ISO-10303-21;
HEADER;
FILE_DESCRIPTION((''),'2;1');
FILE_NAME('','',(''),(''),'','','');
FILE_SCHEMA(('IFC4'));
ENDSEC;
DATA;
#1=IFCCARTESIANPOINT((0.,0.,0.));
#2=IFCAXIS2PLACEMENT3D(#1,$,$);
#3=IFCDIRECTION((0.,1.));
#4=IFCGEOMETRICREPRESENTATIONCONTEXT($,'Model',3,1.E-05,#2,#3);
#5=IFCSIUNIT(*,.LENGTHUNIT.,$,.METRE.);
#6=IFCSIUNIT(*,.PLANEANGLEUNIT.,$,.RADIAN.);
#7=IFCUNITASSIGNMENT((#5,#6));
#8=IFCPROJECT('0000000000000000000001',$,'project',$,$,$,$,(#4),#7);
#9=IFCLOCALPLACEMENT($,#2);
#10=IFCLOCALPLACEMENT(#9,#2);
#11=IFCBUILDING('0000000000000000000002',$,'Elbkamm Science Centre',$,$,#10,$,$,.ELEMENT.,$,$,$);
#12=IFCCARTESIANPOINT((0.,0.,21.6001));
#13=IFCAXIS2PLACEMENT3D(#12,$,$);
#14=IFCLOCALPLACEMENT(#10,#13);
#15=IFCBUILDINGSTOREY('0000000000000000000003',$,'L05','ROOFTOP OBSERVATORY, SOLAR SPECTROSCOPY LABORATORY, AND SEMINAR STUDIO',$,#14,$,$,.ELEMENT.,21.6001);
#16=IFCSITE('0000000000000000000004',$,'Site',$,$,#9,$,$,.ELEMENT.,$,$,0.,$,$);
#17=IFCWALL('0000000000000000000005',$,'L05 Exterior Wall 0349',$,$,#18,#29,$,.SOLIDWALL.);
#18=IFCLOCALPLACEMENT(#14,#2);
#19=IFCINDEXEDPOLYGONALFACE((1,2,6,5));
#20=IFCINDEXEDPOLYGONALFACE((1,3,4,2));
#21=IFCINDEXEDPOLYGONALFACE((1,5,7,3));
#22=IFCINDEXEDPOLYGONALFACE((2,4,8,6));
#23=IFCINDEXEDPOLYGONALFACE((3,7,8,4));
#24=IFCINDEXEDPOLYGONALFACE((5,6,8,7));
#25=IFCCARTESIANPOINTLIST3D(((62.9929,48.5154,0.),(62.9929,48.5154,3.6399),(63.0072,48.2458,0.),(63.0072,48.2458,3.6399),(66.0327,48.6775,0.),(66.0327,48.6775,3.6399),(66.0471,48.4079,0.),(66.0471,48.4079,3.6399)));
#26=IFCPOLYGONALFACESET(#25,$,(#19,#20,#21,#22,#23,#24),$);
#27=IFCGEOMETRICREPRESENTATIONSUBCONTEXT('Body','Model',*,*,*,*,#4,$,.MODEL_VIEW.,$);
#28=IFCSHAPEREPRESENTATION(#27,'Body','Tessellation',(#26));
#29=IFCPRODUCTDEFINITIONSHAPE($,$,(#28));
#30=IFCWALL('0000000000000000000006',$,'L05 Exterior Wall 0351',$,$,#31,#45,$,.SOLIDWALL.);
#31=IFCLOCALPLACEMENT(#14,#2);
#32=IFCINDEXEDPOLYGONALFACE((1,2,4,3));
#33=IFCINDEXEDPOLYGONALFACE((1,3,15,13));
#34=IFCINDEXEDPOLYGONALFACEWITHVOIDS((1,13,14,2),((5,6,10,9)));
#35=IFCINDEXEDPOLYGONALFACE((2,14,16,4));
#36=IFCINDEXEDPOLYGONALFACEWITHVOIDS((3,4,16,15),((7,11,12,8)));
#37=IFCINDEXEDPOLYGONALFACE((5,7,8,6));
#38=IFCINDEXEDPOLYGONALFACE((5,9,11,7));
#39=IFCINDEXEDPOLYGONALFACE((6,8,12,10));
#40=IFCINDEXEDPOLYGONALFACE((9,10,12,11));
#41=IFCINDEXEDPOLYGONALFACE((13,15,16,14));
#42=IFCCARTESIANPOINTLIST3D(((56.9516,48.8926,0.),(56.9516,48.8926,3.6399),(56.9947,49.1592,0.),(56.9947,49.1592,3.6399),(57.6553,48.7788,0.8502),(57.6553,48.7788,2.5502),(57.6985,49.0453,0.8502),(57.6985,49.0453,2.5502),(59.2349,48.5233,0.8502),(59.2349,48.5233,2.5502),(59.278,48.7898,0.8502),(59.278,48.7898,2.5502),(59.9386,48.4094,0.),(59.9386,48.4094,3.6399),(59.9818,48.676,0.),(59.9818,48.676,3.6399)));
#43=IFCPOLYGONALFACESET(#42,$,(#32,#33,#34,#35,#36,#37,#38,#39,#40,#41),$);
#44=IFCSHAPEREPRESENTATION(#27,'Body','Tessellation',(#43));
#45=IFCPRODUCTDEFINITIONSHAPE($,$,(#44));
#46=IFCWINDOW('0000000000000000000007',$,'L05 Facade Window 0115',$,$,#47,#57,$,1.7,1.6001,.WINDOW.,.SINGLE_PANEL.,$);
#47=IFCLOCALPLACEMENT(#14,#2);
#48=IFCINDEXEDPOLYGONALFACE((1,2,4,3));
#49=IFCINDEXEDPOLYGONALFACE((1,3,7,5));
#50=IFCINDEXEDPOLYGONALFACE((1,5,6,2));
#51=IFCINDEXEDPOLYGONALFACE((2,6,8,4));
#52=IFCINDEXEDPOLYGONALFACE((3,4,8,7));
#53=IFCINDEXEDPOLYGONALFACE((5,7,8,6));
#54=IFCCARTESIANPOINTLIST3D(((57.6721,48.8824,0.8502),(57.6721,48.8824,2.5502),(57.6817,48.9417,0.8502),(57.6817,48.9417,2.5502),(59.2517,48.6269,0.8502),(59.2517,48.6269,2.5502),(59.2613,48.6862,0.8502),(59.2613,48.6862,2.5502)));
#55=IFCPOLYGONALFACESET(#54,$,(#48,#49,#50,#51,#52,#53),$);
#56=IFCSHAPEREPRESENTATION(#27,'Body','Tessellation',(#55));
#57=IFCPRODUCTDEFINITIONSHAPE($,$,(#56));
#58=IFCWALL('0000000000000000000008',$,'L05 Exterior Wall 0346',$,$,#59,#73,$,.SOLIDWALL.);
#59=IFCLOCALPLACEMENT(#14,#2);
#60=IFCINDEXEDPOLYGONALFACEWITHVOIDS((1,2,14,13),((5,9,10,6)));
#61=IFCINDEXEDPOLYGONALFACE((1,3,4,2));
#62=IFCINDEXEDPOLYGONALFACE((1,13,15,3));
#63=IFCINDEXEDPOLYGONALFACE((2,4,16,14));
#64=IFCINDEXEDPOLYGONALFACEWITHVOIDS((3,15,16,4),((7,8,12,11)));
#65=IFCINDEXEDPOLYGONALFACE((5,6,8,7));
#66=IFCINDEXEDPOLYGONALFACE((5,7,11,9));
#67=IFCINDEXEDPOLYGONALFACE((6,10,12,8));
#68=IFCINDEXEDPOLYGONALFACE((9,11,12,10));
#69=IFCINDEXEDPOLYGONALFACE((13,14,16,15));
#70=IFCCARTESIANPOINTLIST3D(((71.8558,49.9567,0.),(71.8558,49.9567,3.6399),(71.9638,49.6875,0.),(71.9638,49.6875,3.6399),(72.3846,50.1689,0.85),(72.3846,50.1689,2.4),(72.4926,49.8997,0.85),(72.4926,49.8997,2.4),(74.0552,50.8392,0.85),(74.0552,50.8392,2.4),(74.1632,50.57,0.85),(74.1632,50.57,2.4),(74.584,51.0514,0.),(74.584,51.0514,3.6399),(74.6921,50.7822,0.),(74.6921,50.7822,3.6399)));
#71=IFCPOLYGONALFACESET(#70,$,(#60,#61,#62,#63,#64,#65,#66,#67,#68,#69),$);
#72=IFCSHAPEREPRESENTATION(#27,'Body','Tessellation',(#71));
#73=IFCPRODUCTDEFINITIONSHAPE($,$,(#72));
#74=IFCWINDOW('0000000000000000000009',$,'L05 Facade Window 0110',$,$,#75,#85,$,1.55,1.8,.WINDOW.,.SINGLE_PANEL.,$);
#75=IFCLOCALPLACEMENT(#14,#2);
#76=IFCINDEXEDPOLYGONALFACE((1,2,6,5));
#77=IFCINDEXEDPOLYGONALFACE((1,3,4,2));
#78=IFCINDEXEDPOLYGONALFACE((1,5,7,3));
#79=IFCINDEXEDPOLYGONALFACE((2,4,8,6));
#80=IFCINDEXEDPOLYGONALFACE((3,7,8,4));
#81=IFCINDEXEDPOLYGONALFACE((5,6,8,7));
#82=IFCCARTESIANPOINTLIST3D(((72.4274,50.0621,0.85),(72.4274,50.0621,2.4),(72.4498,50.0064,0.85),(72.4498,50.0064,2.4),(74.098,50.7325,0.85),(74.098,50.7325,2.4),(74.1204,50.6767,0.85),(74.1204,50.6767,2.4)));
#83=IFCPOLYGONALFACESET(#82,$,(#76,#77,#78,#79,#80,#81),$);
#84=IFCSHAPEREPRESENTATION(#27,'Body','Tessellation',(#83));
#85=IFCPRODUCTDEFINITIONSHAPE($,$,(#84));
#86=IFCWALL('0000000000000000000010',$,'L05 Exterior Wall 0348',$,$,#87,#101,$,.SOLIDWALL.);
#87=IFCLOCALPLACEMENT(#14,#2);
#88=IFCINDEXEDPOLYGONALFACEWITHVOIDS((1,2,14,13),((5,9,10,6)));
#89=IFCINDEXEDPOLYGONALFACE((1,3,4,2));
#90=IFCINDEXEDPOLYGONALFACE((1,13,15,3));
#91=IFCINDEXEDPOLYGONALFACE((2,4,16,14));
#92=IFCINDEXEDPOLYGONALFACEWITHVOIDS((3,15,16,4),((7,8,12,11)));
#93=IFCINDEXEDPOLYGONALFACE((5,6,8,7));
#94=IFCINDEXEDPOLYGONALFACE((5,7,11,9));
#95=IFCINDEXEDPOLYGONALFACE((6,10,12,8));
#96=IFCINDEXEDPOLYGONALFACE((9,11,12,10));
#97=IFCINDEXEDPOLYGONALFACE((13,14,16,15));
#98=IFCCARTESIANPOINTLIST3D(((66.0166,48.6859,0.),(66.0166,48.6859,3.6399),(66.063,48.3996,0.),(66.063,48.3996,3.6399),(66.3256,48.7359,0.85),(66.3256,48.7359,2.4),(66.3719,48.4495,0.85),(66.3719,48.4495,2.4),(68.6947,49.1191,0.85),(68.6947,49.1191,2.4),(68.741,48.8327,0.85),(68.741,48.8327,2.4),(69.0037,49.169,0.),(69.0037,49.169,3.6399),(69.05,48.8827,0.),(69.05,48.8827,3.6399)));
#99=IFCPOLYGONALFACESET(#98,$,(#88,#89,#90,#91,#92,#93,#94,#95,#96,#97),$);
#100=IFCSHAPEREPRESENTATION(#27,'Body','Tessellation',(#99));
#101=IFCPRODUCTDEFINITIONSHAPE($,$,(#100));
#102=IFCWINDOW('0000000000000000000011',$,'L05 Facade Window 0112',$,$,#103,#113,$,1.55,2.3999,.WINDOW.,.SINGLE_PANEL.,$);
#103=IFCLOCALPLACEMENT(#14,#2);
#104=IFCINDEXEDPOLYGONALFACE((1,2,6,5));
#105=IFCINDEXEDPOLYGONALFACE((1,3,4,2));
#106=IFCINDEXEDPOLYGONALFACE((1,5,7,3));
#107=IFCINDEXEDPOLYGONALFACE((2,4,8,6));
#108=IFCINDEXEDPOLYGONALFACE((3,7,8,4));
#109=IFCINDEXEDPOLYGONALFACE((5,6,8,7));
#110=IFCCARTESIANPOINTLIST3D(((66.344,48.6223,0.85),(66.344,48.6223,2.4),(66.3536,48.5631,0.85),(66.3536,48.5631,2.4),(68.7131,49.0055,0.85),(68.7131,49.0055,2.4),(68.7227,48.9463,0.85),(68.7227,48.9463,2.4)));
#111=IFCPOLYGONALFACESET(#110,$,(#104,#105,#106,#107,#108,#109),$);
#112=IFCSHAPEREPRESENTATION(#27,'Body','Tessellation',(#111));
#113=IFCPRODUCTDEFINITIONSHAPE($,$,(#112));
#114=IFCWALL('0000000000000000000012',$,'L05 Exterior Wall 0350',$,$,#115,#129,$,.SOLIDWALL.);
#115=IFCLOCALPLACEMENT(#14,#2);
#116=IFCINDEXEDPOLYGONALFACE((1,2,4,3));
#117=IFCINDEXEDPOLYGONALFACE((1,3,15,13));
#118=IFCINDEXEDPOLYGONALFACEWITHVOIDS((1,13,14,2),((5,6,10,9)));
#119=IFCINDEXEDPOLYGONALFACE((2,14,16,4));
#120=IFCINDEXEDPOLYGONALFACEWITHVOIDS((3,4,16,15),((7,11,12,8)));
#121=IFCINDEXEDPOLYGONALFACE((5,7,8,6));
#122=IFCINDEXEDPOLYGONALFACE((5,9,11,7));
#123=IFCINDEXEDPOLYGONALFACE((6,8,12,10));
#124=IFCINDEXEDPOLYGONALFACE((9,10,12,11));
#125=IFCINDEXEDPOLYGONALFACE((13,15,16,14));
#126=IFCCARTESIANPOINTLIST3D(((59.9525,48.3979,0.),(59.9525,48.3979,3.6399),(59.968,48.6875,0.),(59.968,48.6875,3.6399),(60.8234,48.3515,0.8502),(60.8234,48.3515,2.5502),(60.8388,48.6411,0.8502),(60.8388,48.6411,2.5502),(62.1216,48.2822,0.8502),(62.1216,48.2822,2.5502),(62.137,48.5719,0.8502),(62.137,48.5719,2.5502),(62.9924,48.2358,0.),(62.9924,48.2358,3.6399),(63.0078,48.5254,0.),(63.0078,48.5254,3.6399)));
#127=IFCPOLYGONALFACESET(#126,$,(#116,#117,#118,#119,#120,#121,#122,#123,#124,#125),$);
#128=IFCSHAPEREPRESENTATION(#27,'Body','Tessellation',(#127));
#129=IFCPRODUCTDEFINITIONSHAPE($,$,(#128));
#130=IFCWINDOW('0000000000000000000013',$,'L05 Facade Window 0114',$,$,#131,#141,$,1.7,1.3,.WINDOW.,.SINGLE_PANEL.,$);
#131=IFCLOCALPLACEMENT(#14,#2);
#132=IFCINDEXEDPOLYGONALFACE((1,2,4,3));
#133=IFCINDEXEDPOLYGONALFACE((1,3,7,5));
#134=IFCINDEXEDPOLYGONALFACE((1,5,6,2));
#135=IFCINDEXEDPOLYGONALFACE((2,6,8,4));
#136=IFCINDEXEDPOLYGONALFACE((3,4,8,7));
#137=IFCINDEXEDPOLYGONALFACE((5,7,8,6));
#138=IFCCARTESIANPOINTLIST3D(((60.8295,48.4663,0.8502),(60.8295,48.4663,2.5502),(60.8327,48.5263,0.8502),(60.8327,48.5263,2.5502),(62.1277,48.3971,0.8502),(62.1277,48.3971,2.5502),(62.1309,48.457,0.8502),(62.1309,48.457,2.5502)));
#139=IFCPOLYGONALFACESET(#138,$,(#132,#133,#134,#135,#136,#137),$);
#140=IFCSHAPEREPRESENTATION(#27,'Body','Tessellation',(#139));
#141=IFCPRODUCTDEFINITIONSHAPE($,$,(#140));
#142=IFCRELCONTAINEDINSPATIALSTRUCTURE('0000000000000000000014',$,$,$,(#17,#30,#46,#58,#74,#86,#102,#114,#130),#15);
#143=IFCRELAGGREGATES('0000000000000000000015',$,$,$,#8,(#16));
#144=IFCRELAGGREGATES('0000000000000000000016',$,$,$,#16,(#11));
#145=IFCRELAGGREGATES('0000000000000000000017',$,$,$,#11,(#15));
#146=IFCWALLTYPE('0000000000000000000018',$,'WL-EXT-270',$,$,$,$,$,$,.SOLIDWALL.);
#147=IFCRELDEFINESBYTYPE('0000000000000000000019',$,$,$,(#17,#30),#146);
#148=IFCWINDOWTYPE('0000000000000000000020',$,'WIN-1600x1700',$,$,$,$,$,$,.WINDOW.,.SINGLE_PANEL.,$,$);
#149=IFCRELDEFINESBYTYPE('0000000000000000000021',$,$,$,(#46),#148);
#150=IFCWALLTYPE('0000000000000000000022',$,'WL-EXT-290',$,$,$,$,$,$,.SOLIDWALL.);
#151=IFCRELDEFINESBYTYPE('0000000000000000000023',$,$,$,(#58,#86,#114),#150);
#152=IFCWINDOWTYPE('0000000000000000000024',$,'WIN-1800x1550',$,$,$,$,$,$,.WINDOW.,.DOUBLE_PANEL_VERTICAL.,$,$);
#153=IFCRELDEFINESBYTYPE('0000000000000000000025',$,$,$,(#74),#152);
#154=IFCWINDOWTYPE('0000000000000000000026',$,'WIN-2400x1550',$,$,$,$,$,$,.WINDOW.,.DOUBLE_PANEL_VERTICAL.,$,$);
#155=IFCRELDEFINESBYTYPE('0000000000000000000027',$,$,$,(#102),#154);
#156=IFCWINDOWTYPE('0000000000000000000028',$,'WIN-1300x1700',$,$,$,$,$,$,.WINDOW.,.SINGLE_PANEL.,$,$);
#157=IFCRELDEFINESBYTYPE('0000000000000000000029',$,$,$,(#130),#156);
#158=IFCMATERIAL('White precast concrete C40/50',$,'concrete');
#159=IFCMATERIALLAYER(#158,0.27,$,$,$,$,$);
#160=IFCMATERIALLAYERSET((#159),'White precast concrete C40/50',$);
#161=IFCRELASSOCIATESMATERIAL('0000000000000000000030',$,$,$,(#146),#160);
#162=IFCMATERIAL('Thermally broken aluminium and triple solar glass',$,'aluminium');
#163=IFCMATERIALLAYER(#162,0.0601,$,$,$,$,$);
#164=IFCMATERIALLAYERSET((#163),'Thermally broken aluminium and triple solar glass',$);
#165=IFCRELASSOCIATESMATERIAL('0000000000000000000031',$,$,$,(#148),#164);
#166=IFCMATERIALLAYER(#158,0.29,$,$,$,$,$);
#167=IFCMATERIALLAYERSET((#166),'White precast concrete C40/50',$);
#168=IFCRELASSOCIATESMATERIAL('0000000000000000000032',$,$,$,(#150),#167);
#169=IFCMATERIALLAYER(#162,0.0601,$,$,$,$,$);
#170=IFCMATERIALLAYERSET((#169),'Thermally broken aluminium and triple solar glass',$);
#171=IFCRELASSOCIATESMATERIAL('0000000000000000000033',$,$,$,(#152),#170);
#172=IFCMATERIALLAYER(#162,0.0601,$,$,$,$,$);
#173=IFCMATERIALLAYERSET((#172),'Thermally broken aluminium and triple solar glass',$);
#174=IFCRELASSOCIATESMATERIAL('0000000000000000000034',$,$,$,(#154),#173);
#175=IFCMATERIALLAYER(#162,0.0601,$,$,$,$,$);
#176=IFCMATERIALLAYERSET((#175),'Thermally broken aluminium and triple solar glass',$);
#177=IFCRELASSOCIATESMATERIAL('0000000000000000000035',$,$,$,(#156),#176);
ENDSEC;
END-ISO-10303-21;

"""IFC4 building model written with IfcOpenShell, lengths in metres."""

from ifc_helpers import new_model, si_unit, direction, frame, frame_2d, origin, place, context, subcontext, project, spatial, rectangle, extrude, material, layer, layer_set, type_object, element, fill, save


model = new_model("IFC4")

# Units and contexts
model_context = context("Model", 3, precision=1e-05, world=origin(), true_north=direction((0.0, 1.0)))
body_context = subcontext(model_context, "Body", "Model", "MODEL_VIEW")
ifc_project = project(units=[si_unit("LENGTHUNIT", "METRE"), si_unit("PLANEANGLEUNIT", "RADIAN")], contexts=[model_context])

# Site, building, storey
site_placement = place(None, origin())
site = spatial("IfcSite", under=ifc_project, at=site_placement, Name="Site", CompositionType="ELEMENT", RefElevation=0.0)
building_placement = place(site_placement, origin())
building = spatial("IfcBuilding", under=site, at=building_placement, Name="Elbkamm Science Centre", CompositionType="ELEMENT")
storey_placement = place(building_placement, frame((0.0, 0.0, 21.6001)))
storey = spatial("IfcBuildingStorey", under=building, at=storey_placement, Name="L05", Description="ROOFTOP OBSERVATORY, SOLAR SPECTROSCOPY LABORATORY, AND SEMINAR STUDIO", CompositionType="ELEMENT", Elevation=21.6001)

# Shared definitions
ifc_material_1 = material(Name="White precast concrete C40/50", Category="concrete")
ifc_layer_1 = layer(ifc_material_1, 0.27)
ifc_layer_set_1 = layer_set([ifc_layer_1], Name="White precast concrete C40/50")
wall_type_1 = type_object("IfcWallType", Name="WL-EXT-270", PredefinedType="SOLIDWALL", material=ifc_layer_set_1)
ifc_material_2 = material(Name="Thermally broken aluminium and triple solar glass", Category="aluminium")

# Wall
wall_1_placement = place(storey_placement, frame((66.0398, 48.5427, 0.0), z_axis=(0.0, 0.0, 1.0), x_axis=(-0.998581, -0.053253, 0.0)))
element("IfcWall", 1, at=wall_1_placement, inside=storey, type_object=wall_type_1, Name="L05 Exterior Wall 0349", PredefinedType="SOLIDWALL", context=body_context, shape_type="SweptSolid", body=[
    extrude(rectangle(XDim=3.0442, YDim=0.27, at=frame_2d((1.522, 0.0))), origin(), (0.0, 0.0, 1.0), 3.6399),
])

# Walls, openings, windows
wall_2_placement = place(storey_placement, frame((59.9602, 48.5427, 0.0), z_axis=(0.0, 0.0, 1.0), x_axis=(-0.98717, 0.159674, 0.0)))
wall_2 = element("IfcWall", 2, at=wall_2_placement, inside=storey, type_object=wall_type_1, Name="L05 Exterior Wall 0351", PredefinedType="SOLIDWALL", context=body_context, shape_type="SweptSolid", body=[
    extrude(rectangle(XDim=3.0259, YDim=0.27, at=frame_2d((1.5129, 0.0))), origin(), (0.0, 0.0, 1.0), 3.6399),
])
opening_1_placement = place(wall_2_placement, frame((0.7129, 0.0, 0.8501)))
opening_1 = element("IfcOpeningElement", 3, at=opening_1_placement, cuts=wall_2, PredefinedType="OPENING", context=body_context, shape_type="SweptSolid", body=[
    extrude(rectangle(XDim=1.6001, YDim=1.7, at=frame_2d((0.8, 0.8501))), frame((0.0, 0.147, 0.0), z_axis=(0.0, -1.0, 0.0), x_axis=(1.0, 0.0, 0.0)), (0.0, 0.0, 1.0), 0.2939),
])
ifc_layer_2 = layer(ifc_material_2, 0.0601)
ifc_layer_set_2 = layer_set([ifc_layer_2], Name="Thermally broken aluminium and triple solar glass")
window_type_1 = type_object("IfcWindowType", Name="WIN-1600x1700", PartitioningType="SINGLE_PANEL", PredefinedType="WINDOW", material=ifc_layer_set_2)
window_1_placement = place(opening_1_placement, origin())
window_1 = element("IfcWindow", 4, at=window_1_placement, inside=storey, type_object=window_type_1, Name="L05 Facade Window 0115", OverallHeight=1.7, OverallWidth=1.6001, PartitioningType="SINGLE_PANEL", PredefinedType="WINDOW", context=body_context, shape_type="SweptSolid", body=[
    extrude(rectangle(XDim=1.6001, YDim=1.7, at=frame_2d((0.8, 0.8501))), frame((0.0, 0.03, 0.0), z_axis=(0.0, -1.0, 0.0), x_axis=(1.0, 0.0, 0.0)), (0.0, 0.0, 1.0), 0.0601),
])
fill(opening_1, window_1)
ifc_layer_3 = layer(ifc_material_1, 0.29)
ifc_layer_set_3 = layer_set([ifc_layer_3], Name="White precast concrete C40/50")
wall_type_2 = type_object("IfcWallType", Name="WL-EXT-290", PredefinedType="SOLIDWALL", material=ifc_layer_set_3)
wall_3_placement = place(storey_placement, frame((74.6379, 50.9167, 0.0), z_axis=(0.0, 0.0, 1.0), x_axis=(-0.928075, -0.372393, 0.0)))
wall_3 = element("IfcWall", 5, at=wall_3_placement, inside=storey, type_object=wall_type_2, Name="L05 Exterior Wall 0346", PredefinedType="SOLIDWALL", context=body_context, shape_type="SweptSolid", body=[
    extrude(rectangle(XDim=2.9397, YDim=0.29, at=frame_2d((1.4697, 0.0))), origin(), (0.0, 0.0, 1.0), 3.6399),
])
opening_2_placement = place(wall_3_placement, frame((0.5698, 0.0, 0.8501)))
opening_2 = element("IfcOpeningElement", 6, at=opening_2_placement, cuts=wall_3, PredefinedType="OPENING", context=body_context, shape_type="SweptSolid", body=[
    extrude(rectangle(XDim=1.8, YDim=1.55, at=frame_2d((0.8999, 0.7749))), frame((0.0, 0.157, 0.0), z_axis=(0.0, -1.0, 0.0), x_axis=(1.0, 0.0, 0.0)), (0.0, 0.0, 1.0), 0.314),
])
ifc_layer_4 = layer(ifc_material_2, 0.0601)
ifc_layer_set_4 = layer_set([ifc_layer_4], Name="Thermally broken aluminium and triple solar glass")
window_type_2 = type_object("IfcWindowType", Name="WIN-1800x1550", PartitioningType="DOUBLE_PANEL_VERTICAL", PredefinedType="WINDOW", material=ifc_layer_set_4)
window_2_placement = place(opening_2_placement, origin())
window_2 = element("IfcWindow", 7, at=window_2_placement, inside=storey, type_object=window_type_2, Name="L05 Facade Window 0110", OverallHeight=1.55, OverallWidth=1.8, PartitioningType="SINGLE_PANEL", PredefinedType="WINDOW", context=body_context, shape_type="SweptSolid", body=[
    extrude(rectangle(XDim=1.8, YDim=1.55, at=frame_2d((0.8999, 0.7749))), frame((0.0, 0.03, 0.0), z_axis=(0.0, -1.0, 0.0), x_axis=(1.0, 0.0, 0.0)), (0.0, 0.0, 1.0), 0.0601),
])
fill(opening_2, window_2)
wall_4_placement = place(storey_placement, frame((69.0269, 49.0259, 0.0), z_axis=(0.0, 0.0, 1.0), x_axis=(-0.98717, -0.159674, 0.0)))
wall_4 = element("IfcWall", 8, at=wall_4_placement, inside=storey, type_object=wall_type_2, Name="L05 Exterior Wall 0348", PredefinedType="SOLIDWALL", context=body_context, shape_type="SweptSolid", body=[
    extrude(rectangle(XDim=3.0259, YDim=0.29, at=frame_2d((1.5129, 0.0))), origin(), (0.0, 0.0, 1.0), 3.6399),
])
opening_3_placement = place(wall_4_placement, frame((0.313, 0.0, 0.8501)))
opening_3 = element("IfcOpeningElement", 9, at=opening_3_placement, cuts=wall_4, PredefinedType="OPENING", context=body_context, shape_type="SweptSolid", body=[
    extrude(rectangle(XDim=2.3999, YDim=1.55, at=frame_2d((1.2, 0.7749))), frame((0.0, 0.157, 0.0), z_axis=(0.0, -1.0, 0.0), x_axis=(1.0, 0.0, 0.0)), (0.0, 0.0, 1.0), 0.314),
])
ifc_layer_5 = layer(ifc_material_2, 0.0601)
ifc_layer_set_5 = layer_set([ifc_layer_5], Name="Thermally broken aluminium and triple solar glass")
window_type_3 = type_object("IfcWindowType", Name="WIN-2400x1550", PartitioningType="DOUBLE_PANEL_VERTICAL", PredefinedType="WINDOW", material=ifc_layer_set_5)
window_3_placement = place(opening_3_placement, origin())
window_3 = element("IfcWindow", 10, at=window_3_placement, inside=storey, type_object=window_type_3, Name="L05 Facade Window 0112", OverallHeight=1.55, OverallWidth=2.3999, PartitioningType="SINGLE_PANEL", PredefinedType="WINDOW", context=body_context, shape_type="SweptSolid", body=[
    extrude(rectangle(XDim=2.3999, YDim=1.55, at=frame_2d((1.2, 0.7749))), frame((0.0, 0.03, 0.0), z_axis=(0.0, -1.0, 0.0), x_axis=(1.0, 0.0, 0.0)), (0.0, 0.0, 1.0), 0.0601),
])
fill(opening_3, window_3)
wall_5_placement = place(storey_placement, frame((63.0, 48.3806, 0.0), z_axis=(0.0, 0.0, 1.0), x_axis=(-0.998581, 0.053253, 0.0)))
wall_5 = element("IfcWall", 11, at=wall_5_placement, inside=storey, type_object=wall_type_2, Name="L05 Exterior Wall 0350", PredefinedType="SOLIDWALL", context=body_context, shape_type="SweptSolid", body=[
    extrude(rectangle(XDim=3.0442, YDim=0.29, at=frame_2d((1.522, 0.0))), origin(), (0.0, 0.0, 1.0), 3.6399),
])
opening_4_placement = place(wall_5_placement, frame((0.8721, 0.0, 0.8501)))
opening_4 = element("IfcOpeningElement", 12, at=opening_4_placement, cuts=wall_5, PredefinedType="OPENING", context=body_context, shape_type="SweptSolid", body=[
    extrude(rectangle(XDim=1.3, YDim=1.7, at=frame_2d((0.6499, 0.8501))), frame((0.0, 0.157, 0.0), z_axis=(0.0, -1.0, 0.0), x_axis=(1.0, 0.0, 0.0)), (0.0, 0.0, 1.0), 0.314),
])
ifc_layer_6 = layer(ifc_material_2, 0.0601)
ifc_layer_set_6 = layer_set([ifc_layer_6], Name="Thermally broken aluminium and triple solar glass")
window_type_4 = type_object("IfcWindowType", Name="WIN-1300x1700", PartitioningType="SINGLE_PANEL", PredefinedType="WINDOW", material=ifc_layer_set_6)
window_4_placement = place(opening_4_placement, origin())
window_4 = element("IfcWindow", 13, at=window_4_placement, inside=storey, type_object=window_type_4, Name="L05 Facade Window 0114", OverallHeight=1.7, OverallWidth=1.3, PartitioningType="SINGLE_PANEL", PredefinedType="WINDOW", context=body_context, shape_type="SweptSolid", body=[
    extrude(rectangle(XDim=1.3, YDim=1.7, at=frame_2d((0.6499, 0.8501))), frame((0.0, 0.03, 0.0), z_axis=(0.0, -1.0, 0.0), x_axis=(1.0, 0.0, 0.0)), (0.0, 0.0, 1.0), 0.0601),
])
fill(opening_4, window_4)

save(model, "model.ifc")
